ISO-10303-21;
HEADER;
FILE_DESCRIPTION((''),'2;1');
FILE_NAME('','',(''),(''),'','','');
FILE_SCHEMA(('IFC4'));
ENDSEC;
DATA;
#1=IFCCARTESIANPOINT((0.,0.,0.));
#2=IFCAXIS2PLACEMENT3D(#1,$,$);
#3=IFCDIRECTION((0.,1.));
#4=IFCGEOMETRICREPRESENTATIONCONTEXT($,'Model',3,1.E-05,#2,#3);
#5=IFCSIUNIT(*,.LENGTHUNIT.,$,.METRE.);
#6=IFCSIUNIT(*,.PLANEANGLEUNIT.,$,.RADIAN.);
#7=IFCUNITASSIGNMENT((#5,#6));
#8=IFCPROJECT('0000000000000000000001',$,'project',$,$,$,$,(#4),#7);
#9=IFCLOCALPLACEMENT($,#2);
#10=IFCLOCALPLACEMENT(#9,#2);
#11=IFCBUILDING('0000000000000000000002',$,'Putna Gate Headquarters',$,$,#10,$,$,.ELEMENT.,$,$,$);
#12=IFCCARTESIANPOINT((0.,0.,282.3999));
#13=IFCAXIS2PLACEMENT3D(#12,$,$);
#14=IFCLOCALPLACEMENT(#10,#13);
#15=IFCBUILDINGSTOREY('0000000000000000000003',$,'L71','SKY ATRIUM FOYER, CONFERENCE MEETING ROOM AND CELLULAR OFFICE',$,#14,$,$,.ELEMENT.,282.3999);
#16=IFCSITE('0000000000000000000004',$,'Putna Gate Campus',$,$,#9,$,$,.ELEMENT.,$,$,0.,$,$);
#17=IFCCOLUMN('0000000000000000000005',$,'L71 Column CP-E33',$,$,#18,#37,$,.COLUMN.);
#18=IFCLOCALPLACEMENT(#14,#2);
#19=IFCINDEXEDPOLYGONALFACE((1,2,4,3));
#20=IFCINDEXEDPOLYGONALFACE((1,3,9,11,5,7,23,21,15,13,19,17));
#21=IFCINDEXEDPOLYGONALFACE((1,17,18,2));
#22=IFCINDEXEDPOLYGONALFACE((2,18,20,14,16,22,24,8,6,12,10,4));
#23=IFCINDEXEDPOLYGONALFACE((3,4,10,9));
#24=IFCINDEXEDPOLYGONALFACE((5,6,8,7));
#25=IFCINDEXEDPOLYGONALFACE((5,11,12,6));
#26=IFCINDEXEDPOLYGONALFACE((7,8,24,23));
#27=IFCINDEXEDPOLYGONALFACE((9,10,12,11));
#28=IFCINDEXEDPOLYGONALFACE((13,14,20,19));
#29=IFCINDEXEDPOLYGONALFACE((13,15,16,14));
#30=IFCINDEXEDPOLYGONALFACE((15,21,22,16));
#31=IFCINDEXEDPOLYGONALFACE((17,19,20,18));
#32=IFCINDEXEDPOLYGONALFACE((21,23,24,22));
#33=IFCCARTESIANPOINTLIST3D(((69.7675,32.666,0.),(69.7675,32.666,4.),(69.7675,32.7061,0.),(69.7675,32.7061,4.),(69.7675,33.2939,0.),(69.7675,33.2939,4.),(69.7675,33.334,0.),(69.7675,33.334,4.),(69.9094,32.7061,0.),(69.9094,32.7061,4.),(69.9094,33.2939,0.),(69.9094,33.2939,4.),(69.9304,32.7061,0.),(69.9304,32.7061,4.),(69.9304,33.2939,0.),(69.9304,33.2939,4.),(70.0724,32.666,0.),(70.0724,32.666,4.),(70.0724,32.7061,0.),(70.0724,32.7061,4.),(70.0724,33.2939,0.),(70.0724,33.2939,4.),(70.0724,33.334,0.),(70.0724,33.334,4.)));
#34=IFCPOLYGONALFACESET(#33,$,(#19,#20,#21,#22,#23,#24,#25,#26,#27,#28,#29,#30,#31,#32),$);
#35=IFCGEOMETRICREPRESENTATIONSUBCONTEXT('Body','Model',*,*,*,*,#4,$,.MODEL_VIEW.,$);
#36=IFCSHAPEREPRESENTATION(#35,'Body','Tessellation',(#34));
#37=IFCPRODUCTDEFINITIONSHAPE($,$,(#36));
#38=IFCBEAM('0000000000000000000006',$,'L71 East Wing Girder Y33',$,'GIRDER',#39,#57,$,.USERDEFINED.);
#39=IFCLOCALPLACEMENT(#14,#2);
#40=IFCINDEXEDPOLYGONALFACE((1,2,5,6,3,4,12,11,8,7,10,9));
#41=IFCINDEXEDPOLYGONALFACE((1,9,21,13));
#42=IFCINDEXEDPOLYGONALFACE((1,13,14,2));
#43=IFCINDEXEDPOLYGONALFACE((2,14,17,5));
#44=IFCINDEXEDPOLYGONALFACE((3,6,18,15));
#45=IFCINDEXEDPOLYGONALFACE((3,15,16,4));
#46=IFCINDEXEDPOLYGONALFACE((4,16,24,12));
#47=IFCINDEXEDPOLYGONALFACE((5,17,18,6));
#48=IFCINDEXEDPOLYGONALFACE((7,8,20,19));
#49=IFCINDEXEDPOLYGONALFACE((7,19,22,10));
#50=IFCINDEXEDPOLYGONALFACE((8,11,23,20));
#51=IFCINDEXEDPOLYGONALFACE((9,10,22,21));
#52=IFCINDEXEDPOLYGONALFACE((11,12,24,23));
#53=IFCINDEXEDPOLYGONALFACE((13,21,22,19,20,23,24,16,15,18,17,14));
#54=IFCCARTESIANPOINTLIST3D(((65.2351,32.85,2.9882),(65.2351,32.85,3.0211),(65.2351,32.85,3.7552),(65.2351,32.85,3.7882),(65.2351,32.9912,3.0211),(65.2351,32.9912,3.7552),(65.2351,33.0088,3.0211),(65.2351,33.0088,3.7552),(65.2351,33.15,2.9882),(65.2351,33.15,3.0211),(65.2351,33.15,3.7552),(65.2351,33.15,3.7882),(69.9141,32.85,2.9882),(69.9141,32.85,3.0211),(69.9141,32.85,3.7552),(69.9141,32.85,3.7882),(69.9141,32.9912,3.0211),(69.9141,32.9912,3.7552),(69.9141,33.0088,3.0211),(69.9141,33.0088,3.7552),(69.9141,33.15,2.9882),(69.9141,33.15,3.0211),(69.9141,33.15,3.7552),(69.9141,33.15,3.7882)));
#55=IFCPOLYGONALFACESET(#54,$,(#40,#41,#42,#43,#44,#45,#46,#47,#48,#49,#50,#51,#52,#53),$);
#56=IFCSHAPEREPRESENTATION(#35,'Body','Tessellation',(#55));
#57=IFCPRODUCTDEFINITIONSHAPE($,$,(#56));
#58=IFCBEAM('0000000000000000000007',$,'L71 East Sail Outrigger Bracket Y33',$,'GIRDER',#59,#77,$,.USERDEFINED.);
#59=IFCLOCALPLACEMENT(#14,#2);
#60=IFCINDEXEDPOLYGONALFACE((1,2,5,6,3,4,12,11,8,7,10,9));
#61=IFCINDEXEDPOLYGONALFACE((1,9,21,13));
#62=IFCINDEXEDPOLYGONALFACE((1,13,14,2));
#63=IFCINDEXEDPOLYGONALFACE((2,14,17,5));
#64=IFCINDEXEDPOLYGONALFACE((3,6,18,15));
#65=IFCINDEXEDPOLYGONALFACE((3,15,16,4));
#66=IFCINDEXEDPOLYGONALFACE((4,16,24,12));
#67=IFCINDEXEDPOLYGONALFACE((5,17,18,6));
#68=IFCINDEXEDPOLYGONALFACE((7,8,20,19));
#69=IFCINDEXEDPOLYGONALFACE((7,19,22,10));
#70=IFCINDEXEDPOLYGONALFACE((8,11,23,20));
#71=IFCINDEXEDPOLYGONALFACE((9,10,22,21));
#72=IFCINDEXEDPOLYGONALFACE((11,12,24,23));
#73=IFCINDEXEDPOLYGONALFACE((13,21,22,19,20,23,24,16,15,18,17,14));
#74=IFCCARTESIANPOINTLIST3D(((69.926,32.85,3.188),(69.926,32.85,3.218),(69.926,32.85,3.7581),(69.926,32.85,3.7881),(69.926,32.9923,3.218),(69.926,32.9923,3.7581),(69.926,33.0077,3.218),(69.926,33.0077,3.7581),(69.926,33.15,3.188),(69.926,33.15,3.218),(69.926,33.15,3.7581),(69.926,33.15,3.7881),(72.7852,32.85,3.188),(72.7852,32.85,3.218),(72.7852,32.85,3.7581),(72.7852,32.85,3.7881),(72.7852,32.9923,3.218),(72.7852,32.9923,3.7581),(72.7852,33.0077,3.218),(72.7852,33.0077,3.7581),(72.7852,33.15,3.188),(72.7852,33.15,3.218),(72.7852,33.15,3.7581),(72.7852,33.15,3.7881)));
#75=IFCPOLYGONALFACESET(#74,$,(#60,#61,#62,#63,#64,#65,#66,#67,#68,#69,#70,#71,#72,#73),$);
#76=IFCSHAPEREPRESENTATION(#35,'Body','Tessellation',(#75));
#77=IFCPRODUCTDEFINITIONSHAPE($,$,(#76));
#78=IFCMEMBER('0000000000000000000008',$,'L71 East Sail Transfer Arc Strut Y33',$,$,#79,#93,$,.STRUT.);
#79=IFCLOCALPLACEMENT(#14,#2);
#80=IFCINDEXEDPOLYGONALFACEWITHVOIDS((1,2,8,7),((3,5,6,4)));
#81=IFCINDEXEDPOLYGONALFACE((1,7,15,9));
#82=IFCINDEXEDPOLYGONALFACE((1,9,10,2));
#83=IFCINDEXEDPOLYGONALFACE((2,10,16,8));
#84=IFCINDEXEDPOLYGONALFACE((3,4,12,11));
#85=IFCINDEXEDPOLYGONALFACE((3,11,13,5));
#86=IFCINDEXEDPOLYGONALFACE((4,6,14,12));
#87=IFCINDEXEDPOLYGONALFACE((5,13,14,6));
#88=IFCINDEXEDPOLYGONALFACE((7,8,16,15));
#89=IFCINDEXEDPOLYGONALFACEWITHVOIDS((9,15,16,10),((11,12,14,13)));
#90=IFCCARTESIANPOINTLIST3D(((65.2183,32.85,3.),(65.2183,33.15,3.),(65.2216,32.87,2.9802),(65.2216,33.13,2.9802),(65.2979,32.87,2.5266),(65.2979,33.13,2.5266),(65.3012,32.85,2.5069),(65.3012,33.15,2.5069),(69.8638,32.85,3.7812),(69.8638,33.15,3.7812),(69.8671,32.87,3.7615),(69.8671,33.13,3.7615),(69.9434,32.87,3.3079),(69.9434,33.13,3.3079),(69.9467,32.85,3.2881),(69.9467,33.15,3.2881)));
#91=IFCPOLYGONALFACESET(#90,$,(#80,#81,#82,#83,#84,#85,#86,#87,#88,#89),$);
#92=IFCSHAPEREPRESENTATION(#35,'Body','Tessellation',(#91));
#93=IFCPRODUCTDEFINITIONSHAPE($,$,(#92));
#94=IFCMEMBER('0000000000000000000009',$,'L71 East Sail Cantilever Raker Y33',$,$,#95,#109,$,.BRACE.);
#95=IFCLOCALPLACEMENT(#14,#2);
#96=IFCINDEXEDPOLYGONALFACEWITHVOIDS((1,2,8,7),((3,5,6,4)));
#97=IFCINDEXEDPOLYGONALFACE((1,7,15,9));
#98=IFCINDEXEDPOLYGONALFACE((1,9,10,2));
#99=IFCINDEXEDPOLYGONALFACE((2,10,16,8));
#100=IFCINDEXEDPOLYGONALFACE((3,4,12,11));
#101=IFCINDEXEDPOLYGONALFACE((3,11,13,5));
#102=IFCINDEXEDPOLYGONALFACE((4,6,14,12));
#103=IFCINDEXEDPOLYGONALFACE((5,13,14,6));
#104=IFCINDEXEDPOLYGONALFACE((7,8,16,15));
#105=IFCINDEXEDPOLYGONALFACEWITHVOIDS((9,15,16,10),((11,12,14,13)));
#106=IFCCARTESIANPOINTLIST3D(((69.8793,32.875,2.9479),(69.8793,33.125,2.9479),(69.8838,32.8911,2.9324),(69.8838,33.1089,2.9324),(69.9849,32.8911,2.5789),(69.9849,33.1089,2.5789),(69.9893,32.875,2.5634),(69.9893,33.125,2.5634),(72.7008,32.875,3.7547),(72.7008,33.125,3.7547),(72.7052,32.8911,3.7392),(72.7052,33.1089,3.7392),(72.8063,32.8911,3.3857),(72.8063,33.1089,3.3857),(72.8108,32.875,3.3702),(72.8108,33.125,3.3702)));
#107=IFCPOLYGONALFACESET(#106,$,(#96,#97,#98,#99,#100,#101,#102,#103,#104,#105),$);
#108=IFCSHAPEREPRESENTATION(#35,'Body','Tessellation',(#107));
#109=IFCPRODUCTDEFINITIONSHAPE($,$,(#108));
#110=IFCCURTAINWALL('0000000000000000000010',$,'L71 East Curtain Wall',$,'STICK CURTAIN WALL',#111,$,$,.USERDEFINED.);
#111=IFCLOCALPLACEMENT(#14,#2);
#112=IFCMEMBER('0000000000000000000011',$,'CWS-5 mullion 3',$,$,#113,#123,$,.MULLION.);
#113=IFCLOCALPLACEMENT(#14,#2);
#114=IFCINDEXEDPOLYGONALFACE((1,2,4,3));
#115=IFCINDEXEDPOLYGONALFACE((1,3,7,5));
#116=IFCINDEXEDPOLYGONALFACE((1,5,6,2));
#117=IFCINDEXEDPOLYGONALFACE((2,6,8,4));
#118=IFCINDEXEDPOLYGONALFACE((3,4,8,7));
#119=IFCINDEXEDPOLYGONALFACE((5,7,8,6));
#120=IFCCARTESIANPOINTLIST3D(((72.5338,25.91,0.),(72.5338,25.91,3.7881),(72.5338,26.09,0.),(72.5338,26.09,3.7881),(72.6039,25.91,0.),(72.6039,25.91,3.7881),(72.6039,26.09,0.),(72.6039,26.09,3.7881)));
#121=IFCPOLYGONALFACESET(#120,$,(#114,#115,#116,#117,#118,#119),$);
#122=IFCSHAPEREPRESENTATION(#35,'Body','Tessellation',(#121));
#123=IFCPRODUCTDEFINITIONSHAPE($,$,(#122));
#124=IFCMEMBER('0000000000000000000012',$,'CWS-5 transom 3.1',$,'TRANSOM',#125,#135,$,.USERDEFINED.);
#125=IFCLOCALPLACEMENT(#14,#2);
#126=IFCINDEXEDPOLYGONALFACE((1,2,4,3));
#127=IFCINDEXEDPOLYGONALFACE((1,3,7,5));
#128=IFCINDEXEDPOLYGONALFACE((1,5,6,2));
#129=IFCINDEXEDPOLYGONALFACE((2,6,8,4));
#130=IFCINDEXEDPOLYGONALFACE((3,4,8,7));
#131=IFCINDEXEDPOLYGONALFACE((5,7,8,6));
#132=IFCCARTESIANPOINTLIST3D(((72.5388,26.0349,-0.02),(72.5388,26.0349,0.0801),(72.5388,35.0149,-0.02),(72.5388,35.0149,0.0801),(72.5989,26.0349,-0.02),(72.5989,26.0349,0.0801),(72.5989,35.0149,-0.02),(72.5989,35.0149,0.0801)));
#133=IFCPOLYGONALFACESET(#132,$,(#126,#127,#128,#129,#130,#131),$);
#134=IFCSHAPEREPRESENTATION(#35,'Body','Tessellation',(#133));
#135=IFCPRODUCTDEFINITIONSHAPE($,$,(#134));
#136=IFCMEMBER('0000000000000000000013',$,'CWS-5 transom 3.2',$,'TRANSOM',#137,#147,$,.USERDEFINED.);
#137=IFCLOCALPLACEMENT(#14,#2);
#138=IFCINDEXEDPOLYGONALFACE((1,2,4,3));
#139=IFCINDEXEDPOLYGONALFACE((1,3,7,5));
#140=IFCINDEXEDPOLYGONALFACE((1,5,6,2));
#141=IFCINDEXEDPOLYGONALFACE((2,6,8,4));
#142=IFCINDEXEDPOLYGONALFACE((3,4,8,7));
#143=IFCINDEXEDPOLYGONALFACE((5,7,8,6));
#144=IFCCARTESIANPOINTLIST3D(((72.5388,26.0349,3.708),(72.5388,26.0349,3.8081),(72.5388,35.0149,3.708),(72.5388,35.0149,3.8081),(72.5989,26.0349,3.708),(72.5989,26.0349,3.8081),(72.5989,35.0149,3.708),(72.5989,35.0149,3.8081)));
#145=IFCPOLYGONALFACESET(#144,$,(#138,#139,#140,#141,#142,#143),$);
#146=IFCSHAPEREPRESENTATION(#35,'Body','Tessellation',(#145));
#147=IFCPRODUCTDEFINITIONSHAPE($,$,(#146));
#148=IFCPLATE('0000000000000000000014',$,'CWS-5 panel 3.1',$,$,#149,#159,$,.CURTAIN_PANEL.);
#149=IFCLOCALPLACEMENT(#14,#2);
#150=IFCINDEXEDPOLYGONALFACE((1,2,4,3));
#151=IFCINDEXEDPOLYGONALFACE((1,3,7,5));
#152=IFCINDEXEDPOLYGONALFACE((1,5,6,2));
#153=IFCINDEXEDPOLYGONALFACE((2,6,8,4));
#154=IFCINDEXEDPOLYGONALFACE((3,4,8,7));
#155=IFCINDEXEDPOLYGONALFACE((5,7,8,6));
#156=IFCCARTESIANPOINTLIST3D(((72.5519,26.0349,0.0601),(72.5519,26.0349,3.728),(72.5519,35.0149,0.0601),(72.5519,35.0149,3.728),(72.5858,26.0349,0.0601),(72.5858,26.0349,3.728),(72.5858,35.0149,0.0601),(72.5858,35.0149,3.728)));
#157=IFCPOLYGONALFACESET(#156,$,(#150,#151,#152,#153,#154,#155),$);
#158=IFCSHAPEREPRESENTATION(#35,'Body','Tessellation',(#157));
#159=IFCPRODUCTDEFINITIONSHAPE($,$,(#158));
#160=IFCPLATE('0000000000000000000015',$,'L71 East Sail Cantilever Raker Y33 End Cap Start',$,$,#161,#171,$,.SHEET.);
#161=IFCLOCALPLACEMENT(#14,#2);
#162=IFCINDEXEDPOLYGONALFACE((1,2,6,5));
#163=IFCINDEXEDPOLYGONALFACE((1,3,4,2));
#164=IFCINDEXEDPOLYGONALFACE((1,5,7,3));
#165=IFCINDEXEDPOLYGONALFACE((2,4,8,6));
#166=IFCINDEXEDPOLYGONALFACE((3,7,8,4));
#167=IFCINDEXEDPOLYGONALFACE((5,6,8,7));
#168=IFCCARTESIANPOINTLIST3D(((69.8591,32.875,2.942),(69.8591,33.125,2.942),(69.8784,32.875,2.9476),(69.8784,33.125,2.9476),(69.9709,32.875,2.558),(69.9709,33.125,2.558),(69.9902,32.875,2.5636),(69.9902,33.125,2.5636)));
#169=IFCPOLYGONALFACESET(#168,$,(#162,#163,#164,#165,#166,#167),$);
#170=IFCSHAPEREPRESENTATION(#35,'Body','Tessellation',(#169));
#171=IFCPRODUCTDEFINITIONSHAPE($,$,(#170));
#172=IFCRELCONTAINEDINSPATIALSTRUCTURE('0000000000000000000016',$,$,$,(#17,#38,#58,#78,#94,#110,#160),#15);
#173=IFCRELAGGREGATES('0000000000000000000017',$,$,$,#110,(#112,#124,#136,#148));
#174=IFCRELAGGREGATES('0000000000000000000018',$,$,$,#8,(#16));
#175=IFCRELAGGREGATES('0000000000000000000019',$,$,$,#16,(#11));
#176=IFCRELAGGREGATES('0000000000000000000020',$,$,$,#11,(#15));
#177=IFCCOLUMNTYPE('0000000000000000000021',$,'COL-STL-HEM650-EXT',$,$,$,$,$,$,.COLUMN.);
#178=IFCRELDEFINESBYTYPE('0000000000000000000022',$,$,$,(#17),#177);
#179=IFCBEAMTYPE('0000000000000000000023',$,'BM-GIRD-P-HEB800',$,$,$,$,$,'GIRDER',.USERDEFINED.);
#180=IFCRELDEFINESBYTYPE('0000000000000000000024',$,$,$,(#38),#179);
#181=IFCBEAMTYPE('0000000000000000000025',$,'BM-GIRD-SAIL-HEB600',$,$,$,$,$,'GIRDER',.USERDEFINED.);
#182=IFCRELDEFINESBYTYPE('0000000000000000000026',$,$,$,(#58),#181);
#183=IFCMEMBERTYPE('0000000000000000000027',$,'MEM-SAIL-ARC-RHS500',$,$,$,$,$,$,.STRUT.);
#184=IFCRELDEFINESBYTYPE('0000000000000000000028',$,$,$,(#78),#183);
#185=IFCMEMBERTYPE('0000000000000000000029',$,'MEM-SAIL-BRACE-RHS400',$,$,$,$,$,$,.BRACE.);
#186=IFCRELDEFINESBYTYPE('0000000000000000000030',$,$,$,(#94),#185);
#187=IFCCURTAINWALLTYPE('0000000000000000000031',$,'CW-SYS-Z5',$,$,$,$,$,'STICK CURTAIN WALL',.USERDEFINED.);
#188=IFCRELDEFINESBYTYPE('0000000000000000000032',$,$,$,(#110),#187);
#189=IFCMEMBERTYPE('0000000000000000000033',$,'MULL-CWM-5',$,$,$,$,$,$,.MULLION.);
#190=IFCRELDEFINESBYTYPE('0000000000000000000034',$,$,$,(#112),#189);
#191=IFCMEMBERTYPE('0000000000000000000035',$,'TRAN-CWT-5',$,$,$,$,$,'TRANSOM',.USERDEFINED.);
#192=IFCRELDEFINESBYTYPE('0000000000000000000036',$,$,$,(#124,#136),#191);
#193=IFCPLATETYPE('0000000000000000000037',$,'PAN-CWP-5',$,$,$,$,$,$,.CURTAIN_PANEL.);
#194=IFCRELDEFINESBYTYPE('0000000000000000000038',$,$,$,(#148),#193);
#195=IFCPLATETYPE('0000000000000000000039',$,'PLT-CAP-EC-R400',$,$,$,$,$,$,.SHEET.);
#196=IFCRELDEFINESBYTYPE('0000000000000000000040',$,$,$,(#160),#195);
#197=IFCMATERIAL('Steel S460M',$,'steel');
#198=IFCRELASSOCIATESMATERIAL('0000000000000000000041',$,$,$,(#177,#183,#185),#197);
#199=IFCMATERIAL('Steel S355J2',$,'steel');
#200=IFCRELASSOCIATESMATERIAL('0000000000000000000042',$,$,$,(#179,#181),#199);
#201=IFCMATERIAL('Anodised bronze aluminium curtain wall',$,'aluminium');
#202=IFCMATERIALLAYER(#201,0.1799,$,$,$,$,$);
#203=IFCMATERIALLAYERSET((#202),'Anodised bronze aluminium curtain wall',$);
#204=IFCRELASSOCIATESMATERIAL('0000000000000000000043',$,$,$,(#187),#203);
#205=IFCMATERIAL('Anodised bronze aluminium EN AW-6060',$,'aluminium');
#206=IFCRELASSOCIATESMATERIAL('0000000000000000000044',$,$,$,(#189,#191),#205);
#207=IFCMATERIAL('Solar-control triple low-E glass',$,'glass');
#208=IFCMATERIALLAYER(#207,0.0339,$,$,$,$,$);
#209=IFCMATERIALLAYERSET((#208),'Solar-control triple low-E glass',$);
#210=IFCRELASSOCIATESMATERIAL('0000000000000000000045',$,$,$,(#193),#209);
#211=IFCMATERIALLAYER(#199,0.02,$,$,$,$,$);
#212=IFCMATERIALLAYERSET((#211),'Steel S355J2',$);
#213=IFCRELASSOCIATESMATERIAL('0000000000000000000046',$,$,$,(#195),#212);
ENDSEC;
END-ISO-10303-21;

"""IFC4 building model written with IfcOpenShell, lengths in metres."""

from ifc_helpers import new_model, si_unit, direction, frame, origin, origin_2d, place, context, subcontext, project, spatial, rectangle, hollow_rectangle, i_section, extrude, material, layer, layer_set, material_profile, profile_set, type_object, element, aggregate, save


model = new_model("IFC4")

# Units and contexts
model_context = context("Model", 3, precision=1e-05, world=origin(), true_north=direction((0.0, 1.0)))
body_context = subcontext(model_context, "Body", "Model", "MODEL_VIEW")
ifc_project = project(units=[si_unit("LENGTHUNIT", "METRE"), si_unit("PLANEANGLEUNIT", "RADIAN")], contexts=[model_context])

# Site, building, storey
site_placement = place(None, origin())
site = spatial("IfcSite", under=ifc_project, at=site_placement, Name="Putna Gate Campus", CompositionType="ELEMENT", RefElevation=0.0)
building_placement = place(site_placement, origin())
building = spatial("IfcBuilding", under=site, at=building_placement, Name="Putna Gate Headquarters", CompositionType="ELEMENT")
storey_placement = place(building_placement, frame((0.0, 0.0, 282.3999)))
storey = spatial("IfcBuildingStorey", under=building, at=storey_placement, Name="L71", Description="SKY ATRIUM FOYER, CONFERENCE MEETING ROOM AND CELLULAR OFFICE", CompositionType="ELEMENT", Elevation=282.3999)

# Column
ifc_material_1 = material(Name="Steel S460M", Category="steel")
ifc_material_profile_1 = material_profile(ifc_material_1, i_section(OverallWidth=0.3049, OverallDepth=0.668, WebThickness=0.021, FlangeThickness=0.04, at=origin_2d()), Name="Steel S460M")
ifc_profile_set_1 = profile_set([ifc_material_profile_1], Name="Steel S460M")
column_type = type_object("IfcColumnType", Name="COL-STL-HEM650-EXT", PredefinedType="COLUMN", material=ifc_profile_set_1)
column_placement = place(storey_placement, frame((69.9199, 33.0, 0.0), z_axis=(0.0, 0.0, 1.0), x_axis=(1.0, 0.0, 0.0)))
element("IfcColumn", 1, at=column_placement, inside=storey, type_object=column_type, Name="L71 Column CP-E33", PredefinedType="COLUMN", context=body_context, shape_type="SweptSolid", body=[
    extrude(i_section(OverallWidth=0.3049, OverallDepth=0.668, WebThickness=0.021, FlangeThickness=0.04, at=origin_2d()), origin(), (0.0, 0.0, 1.0), 4.0),
])

# Beams
ifc_material_2 = material(Name="Steel S355J2", Category="steel")
ifc_material_profile_2 = material_profile(ifc_material_2, i_section(OverallWidth=0.3, OverallDepth=0.8, WebThickness=0.0176, FlangeThickness=0.033, at=origin_2d()), Name="Steel S355J2")
ifc_profile_set_2 = profile_set([ifc_material_profile_2], Name="Steel S355J2")
beam_type_1 = type_object("IfcBeamType", Name="BM-GIRD-P-HEB800", ElementType="GIRDER", PredefinedType="USERDEFINED", material=ifc_profile_set_2)
beam_1_placement = place(storey_placement, frame((65.2351, 33.0, 3.3882), z_axis=(1.0, 0.0, 0.0), x_axis=(0.0, 1.0, 0.0)))
element("IfcBeam", 2, at=beam_1_placement, inside=storey, type_object=beam_type_1, Name="L71 East Wing Girder Y33", ObjectType="GIRDER", PredefinedType="USERDEFINED", context=body_context, shape_type="SweptSolid", body=[
    extrude(i_section(OverallWidth=0.3, OverallDepth=0.8, WebThickness=0.0176, FlangeThickness=0.033, at=origin_2d()), origin(), (0.0, 0.0, 1.0), 4.679),
])
ifc_material_profile_3 = material_profile(ifc_material_2, i_section(OverallWidth=0.3, OverallDepth=0.6001, WebThickness=0.0154, FlangeThickness=0.03, at=origin_2d()), Name="Steel S355J2")
ifc_profile_set_3 = profile_set([ifc_material_profile_3], Name="Steel S355J2")
beam_type_2 = type_object("IfcBeamType", Name="BM-GIRD-SAIL-HEB600", ElementType="GIRDER", PredefinedType="USERDEFINED", material=ifc_profile_set_3)
beam_2_placement = place(storey_placement, frame((69.926, 33.0, 3.488), z_axis=(1.0, 0.0, 0.0), x_axis=(0.0, 1.0, 0.0)))
element("IfcBeam", 3, at=beam_2_placement, inside=storey, type_object=beam_type_2, Name="L71 East Sail Outrigger Bracket Y33", ObjectType="GIRDER", PredefinedType="USERDEFINED", context=body_context, shape_type="SweptSolid", body=[
    extrude(i_section(OverallWidth=0.3, OverallDepth=0.6001, WebThickness=0.0154, FlangeThickness=0.03, at=origin_2d()), origin(), (0.0, 0.0, 1.0), 2.8591),
])

# Members
ifc_material_profile_4 = material_profile(ifc_material_1, hollow_rectangle(XDim=0.3, YDim=0.5, WallThickness=0.02, at=origin_2d()), Name="Steel S460M")
ifc_profile_set_4 = profile_set([ifc_material_profile_4], Name="Steel S460M")
member_type_1 = type_object("IfcMemberType", Name="MEM-SAIL-ARC-RHS500", PredefinedType="STRUT", material=ifc_profile_set_4)
member_1_placement = place(storey_placement, frame((65.2598, 33.0, 2.7534), z_axis=(0.986152, 0.0, 0.165844), x_axis=(0.0, 1.0, 0.0)))
element("IfcMember", 4, at=member_1_placement, inside=storey, type_object=member_type_1, Name="L71 East Sail Transfer Arc Strut Y33", PredefinedType="STRUT", context=body_context, shape_type="SweptSolid", body=[
    extrude(hollow_rectangle(XDim=0.3, YDim=0.5, WallThickness=0.02, at=origin_2d()), origin(), (0.0, 0.0, 1.0), 4.7107),
])
ifc_material_profile_5 = material_profile(ifc_material_1, hollow_rectangle(XDim=0.25, YDim=0.3999, WallThickness=0.0161, at=origin_2d()), Name="Steel S460M")
ifc_profile_set_5 = profile_set([ifc_material_profile_5], Name="Steel S460M")
member_type_2 = type_object("IfcMemberType", Name="MEM-SAIL-BRACE-RHS400", PredefinedType="BRACE", material=ifc_profile_set_5)
member_2_placement = place(storey_placement, frame((69.9343, 33.0, 2.7556), z_axis=(0.961458, 0.0, 0.274952), x_axis=(0.0, 1.0, 0.0)))
element("IfcMember", 5, at=member_2_placement, inside=storey, type_object=member_type_2, Name="L71 East Sail Cantilever Raker Y33", PredefinedType="BRACE", context=body_context, shape_type="SweptSolid", body=[
    extrude(hollow_rectangle(XDim=0.25, YDim=0.3999, WallThickness=0.0161, at=origin_2d()), origin(), (0.0, 0.0, 1.0), 2.9346),
])

# Curtain wall, members, plate
ifc_material_3 = material(Name="Anodised bronze aluminium curtain wall", Category="aluminium")
ifc_layer_1 = layer(ifc_material_3, 0.1799)
ifc_layer_set_1 = layer_set([ifc_layer_1], Name="Anodised bronze aluminium curtain wall")
curtain_wall_type = type_object("IfcCurtainWallType", Name="CW-SYS-Z5", ElementType="STICK CURTAIN WALL", PredefinedType="USERDEFINED", material=ifc_layer_set_1)
curtain_wall_placement = place(storey_placement, origin())
curtain_wall = element("IfcCurtainWall", 6, at=curtain_wall_placement, inside=storey, type_object=curtain_wall_type, Name="L71 East Curtain Wall", ObjectType="STICK CURTAIN WALL", PredefinedType="USERDEFINED")
ifc_material_4 = material(Name="Anodised bronze aluminium EN AW-6060", Category="aluminium")
ifc_material_profile_6 = material_profile(ifc_material_4, rectangle(XDim=0.0701, YDim=0.1799, at=origin_2d()), Name="Anodised bronze aluminium EN AW-6060")
ifc_profile_set_6 = profile_set([ifc_material_profile_6], Name="Anodised bronze aluminium EN AW-6060")
member_type_3 = type_object("IfcMemberType", Name="MULL-CWM-5", PredefinedType="MULLION", material=ifc_profile_set_6)
member_3_placement = place(storey_placement, frame((72.5688, 26.0, 0.0), z_axis=(0.0, 0.0, 1.0), x_axis=(-1.0, 0.0, 0.0)))
member_3 = element("IfcMember", 7, at=member_3_placement, type_object=member_type_3, Name="CWS-5 mullion 3", PredefinedType="MULLION", context=body_context, shape_type="SweptSolid", body=[
    extrude(rectangle(XDim=0.0701, YDim=0.1799, at=origin_2d()), origin(), (0.0, 0.0, 1.0), 3.7881),
])
ifc_material_profile_7 = material_profile(ifc_material_4, rectangle(XDim=0.0601, YDim=0.1001, at=origin_2d()), Name="Anodised bronze aluminium EN AW-6060")
ifc_profile_set_7 = profile_set([ifc_material_profile_7], Name="Anodised bronze aluminium EN AW-6060")
member_type_4 = type_object("IfcMemberType", Name="TRAN-CWT-5", ElementType="TRANSOM", PredefinedType="USERDEFINED", material=ifc_profile_set_7)
member_4_placement = place(storey_placement, frame((72.5688, 26.0349, 0.03), z_axis=(0.0, 1.0, 0.0), x_axis=(-1.0, 0.0, 0.0)))
member_4 = element("IfcMember", 8, at=member_4_placement, type_object=member_type_4, Name="CWS-5 transom 3.1", ObjectType="TRANSOM", PredefinedType="USERDEFINED", context=body_context, shape_type="SweptSolid", body=[
    extrude(rectangle(XDim=0.0601, YDim=0.1001, at=origin_2d()), origin(), (0.0, 0.0, 1.0), 8.98),
])
member_5_placement = place(storey_placement, frame((72.5688, 26.0349, 3.7581), z_axis=(0.0, 1.0, 0.0), x_axis=(-1.0, 0.0, 0.0)))
member_5 = element("IfcMember", 9, at=member_5_placement, type_object=member_type_4, Name="CWS-5 transom 3.2", ObjectType="TRANSOM", PredefinedType="USERDEFINED", context=body_context, shape_type="SweptSolid", body=[
    extrude(rectangle(XDim=0.0601, YDim=0.1001, at=origin_2d()), origin(), (0.0, 0.0, 1.0), 8.98),
])
ifc_material_5 = material(Name="Solar-control triple low-E glass", Category="glass")
ifc_layer_2 = layer(ifc_material_5, 0.0339)
ifc_layer_set_2 = layer_set([ifc_layer_2], Name="Solar-control triple low-E glass")
plate_type_1 = type_object("IfcPlateType", Name="PAN-CWP-5", PredefinedType="CURTAIN_PANEL", material=ifc_layer_set_2)
plate_placement = place(storey_placement, frame((72.5688, 30.5249, 0.0601), z_axis=(0.0, 0.0, 1.0), x_axis=(0.0, 1.0, 0.0)))
plate = element("IfcPlate", 10, at=plate_placement, type_object=plate_type_1, Name="CWS-5 panel 3.1", PredefinedType="CURTAIN_PANEL", context=body_context, shape_type="SweptSolid", body=[
    extrude(rectangle(XDim=8.98, YDim=0.0339, at=origin_2d()), origin(), (0.0, 0.0, 1.0), 3.668),
])
aggregate(curtain_wall, [member_3, member_4, member_5, plate])

# Plate
ifc_layer_3 = layer(ifc_material_2, 0.02)
ifc_layer_set_3 = layer_set([ifc_layer_3], Name="Steel S355J2")
plate_type_2 = type_object("IfcPlateType", Name="PLT-CAP-EC-R400", PredefinedType="SHEET", material=ifc_layer_set_3)
for number, where, z_axis, x_axis, name in (
    (11, (69.915, 33.0, 2.75), (0.960136, 0.0, 0.279533), (0.0, 1.0, 0.0), "L71 East Sail Cantilever Raker Y33 End Cap Start"),
):
    element("IfcPlate", number, at=place(storey_placement, frame(where, z_axis=z_axis, x_axis=x_axis)), inside=storey, type_object=plate_type_2, Name=name, PredefinedType="SHEET", context=body_context, shape_type="SweptSolid", body=[
        extrude(rectangle(XDim=0.25, YDim=0.3999, at=origin_2d()), origin(), (0.0, 0.0, 1.0), 0.02),
    ])

save(model, "model.ifc")
